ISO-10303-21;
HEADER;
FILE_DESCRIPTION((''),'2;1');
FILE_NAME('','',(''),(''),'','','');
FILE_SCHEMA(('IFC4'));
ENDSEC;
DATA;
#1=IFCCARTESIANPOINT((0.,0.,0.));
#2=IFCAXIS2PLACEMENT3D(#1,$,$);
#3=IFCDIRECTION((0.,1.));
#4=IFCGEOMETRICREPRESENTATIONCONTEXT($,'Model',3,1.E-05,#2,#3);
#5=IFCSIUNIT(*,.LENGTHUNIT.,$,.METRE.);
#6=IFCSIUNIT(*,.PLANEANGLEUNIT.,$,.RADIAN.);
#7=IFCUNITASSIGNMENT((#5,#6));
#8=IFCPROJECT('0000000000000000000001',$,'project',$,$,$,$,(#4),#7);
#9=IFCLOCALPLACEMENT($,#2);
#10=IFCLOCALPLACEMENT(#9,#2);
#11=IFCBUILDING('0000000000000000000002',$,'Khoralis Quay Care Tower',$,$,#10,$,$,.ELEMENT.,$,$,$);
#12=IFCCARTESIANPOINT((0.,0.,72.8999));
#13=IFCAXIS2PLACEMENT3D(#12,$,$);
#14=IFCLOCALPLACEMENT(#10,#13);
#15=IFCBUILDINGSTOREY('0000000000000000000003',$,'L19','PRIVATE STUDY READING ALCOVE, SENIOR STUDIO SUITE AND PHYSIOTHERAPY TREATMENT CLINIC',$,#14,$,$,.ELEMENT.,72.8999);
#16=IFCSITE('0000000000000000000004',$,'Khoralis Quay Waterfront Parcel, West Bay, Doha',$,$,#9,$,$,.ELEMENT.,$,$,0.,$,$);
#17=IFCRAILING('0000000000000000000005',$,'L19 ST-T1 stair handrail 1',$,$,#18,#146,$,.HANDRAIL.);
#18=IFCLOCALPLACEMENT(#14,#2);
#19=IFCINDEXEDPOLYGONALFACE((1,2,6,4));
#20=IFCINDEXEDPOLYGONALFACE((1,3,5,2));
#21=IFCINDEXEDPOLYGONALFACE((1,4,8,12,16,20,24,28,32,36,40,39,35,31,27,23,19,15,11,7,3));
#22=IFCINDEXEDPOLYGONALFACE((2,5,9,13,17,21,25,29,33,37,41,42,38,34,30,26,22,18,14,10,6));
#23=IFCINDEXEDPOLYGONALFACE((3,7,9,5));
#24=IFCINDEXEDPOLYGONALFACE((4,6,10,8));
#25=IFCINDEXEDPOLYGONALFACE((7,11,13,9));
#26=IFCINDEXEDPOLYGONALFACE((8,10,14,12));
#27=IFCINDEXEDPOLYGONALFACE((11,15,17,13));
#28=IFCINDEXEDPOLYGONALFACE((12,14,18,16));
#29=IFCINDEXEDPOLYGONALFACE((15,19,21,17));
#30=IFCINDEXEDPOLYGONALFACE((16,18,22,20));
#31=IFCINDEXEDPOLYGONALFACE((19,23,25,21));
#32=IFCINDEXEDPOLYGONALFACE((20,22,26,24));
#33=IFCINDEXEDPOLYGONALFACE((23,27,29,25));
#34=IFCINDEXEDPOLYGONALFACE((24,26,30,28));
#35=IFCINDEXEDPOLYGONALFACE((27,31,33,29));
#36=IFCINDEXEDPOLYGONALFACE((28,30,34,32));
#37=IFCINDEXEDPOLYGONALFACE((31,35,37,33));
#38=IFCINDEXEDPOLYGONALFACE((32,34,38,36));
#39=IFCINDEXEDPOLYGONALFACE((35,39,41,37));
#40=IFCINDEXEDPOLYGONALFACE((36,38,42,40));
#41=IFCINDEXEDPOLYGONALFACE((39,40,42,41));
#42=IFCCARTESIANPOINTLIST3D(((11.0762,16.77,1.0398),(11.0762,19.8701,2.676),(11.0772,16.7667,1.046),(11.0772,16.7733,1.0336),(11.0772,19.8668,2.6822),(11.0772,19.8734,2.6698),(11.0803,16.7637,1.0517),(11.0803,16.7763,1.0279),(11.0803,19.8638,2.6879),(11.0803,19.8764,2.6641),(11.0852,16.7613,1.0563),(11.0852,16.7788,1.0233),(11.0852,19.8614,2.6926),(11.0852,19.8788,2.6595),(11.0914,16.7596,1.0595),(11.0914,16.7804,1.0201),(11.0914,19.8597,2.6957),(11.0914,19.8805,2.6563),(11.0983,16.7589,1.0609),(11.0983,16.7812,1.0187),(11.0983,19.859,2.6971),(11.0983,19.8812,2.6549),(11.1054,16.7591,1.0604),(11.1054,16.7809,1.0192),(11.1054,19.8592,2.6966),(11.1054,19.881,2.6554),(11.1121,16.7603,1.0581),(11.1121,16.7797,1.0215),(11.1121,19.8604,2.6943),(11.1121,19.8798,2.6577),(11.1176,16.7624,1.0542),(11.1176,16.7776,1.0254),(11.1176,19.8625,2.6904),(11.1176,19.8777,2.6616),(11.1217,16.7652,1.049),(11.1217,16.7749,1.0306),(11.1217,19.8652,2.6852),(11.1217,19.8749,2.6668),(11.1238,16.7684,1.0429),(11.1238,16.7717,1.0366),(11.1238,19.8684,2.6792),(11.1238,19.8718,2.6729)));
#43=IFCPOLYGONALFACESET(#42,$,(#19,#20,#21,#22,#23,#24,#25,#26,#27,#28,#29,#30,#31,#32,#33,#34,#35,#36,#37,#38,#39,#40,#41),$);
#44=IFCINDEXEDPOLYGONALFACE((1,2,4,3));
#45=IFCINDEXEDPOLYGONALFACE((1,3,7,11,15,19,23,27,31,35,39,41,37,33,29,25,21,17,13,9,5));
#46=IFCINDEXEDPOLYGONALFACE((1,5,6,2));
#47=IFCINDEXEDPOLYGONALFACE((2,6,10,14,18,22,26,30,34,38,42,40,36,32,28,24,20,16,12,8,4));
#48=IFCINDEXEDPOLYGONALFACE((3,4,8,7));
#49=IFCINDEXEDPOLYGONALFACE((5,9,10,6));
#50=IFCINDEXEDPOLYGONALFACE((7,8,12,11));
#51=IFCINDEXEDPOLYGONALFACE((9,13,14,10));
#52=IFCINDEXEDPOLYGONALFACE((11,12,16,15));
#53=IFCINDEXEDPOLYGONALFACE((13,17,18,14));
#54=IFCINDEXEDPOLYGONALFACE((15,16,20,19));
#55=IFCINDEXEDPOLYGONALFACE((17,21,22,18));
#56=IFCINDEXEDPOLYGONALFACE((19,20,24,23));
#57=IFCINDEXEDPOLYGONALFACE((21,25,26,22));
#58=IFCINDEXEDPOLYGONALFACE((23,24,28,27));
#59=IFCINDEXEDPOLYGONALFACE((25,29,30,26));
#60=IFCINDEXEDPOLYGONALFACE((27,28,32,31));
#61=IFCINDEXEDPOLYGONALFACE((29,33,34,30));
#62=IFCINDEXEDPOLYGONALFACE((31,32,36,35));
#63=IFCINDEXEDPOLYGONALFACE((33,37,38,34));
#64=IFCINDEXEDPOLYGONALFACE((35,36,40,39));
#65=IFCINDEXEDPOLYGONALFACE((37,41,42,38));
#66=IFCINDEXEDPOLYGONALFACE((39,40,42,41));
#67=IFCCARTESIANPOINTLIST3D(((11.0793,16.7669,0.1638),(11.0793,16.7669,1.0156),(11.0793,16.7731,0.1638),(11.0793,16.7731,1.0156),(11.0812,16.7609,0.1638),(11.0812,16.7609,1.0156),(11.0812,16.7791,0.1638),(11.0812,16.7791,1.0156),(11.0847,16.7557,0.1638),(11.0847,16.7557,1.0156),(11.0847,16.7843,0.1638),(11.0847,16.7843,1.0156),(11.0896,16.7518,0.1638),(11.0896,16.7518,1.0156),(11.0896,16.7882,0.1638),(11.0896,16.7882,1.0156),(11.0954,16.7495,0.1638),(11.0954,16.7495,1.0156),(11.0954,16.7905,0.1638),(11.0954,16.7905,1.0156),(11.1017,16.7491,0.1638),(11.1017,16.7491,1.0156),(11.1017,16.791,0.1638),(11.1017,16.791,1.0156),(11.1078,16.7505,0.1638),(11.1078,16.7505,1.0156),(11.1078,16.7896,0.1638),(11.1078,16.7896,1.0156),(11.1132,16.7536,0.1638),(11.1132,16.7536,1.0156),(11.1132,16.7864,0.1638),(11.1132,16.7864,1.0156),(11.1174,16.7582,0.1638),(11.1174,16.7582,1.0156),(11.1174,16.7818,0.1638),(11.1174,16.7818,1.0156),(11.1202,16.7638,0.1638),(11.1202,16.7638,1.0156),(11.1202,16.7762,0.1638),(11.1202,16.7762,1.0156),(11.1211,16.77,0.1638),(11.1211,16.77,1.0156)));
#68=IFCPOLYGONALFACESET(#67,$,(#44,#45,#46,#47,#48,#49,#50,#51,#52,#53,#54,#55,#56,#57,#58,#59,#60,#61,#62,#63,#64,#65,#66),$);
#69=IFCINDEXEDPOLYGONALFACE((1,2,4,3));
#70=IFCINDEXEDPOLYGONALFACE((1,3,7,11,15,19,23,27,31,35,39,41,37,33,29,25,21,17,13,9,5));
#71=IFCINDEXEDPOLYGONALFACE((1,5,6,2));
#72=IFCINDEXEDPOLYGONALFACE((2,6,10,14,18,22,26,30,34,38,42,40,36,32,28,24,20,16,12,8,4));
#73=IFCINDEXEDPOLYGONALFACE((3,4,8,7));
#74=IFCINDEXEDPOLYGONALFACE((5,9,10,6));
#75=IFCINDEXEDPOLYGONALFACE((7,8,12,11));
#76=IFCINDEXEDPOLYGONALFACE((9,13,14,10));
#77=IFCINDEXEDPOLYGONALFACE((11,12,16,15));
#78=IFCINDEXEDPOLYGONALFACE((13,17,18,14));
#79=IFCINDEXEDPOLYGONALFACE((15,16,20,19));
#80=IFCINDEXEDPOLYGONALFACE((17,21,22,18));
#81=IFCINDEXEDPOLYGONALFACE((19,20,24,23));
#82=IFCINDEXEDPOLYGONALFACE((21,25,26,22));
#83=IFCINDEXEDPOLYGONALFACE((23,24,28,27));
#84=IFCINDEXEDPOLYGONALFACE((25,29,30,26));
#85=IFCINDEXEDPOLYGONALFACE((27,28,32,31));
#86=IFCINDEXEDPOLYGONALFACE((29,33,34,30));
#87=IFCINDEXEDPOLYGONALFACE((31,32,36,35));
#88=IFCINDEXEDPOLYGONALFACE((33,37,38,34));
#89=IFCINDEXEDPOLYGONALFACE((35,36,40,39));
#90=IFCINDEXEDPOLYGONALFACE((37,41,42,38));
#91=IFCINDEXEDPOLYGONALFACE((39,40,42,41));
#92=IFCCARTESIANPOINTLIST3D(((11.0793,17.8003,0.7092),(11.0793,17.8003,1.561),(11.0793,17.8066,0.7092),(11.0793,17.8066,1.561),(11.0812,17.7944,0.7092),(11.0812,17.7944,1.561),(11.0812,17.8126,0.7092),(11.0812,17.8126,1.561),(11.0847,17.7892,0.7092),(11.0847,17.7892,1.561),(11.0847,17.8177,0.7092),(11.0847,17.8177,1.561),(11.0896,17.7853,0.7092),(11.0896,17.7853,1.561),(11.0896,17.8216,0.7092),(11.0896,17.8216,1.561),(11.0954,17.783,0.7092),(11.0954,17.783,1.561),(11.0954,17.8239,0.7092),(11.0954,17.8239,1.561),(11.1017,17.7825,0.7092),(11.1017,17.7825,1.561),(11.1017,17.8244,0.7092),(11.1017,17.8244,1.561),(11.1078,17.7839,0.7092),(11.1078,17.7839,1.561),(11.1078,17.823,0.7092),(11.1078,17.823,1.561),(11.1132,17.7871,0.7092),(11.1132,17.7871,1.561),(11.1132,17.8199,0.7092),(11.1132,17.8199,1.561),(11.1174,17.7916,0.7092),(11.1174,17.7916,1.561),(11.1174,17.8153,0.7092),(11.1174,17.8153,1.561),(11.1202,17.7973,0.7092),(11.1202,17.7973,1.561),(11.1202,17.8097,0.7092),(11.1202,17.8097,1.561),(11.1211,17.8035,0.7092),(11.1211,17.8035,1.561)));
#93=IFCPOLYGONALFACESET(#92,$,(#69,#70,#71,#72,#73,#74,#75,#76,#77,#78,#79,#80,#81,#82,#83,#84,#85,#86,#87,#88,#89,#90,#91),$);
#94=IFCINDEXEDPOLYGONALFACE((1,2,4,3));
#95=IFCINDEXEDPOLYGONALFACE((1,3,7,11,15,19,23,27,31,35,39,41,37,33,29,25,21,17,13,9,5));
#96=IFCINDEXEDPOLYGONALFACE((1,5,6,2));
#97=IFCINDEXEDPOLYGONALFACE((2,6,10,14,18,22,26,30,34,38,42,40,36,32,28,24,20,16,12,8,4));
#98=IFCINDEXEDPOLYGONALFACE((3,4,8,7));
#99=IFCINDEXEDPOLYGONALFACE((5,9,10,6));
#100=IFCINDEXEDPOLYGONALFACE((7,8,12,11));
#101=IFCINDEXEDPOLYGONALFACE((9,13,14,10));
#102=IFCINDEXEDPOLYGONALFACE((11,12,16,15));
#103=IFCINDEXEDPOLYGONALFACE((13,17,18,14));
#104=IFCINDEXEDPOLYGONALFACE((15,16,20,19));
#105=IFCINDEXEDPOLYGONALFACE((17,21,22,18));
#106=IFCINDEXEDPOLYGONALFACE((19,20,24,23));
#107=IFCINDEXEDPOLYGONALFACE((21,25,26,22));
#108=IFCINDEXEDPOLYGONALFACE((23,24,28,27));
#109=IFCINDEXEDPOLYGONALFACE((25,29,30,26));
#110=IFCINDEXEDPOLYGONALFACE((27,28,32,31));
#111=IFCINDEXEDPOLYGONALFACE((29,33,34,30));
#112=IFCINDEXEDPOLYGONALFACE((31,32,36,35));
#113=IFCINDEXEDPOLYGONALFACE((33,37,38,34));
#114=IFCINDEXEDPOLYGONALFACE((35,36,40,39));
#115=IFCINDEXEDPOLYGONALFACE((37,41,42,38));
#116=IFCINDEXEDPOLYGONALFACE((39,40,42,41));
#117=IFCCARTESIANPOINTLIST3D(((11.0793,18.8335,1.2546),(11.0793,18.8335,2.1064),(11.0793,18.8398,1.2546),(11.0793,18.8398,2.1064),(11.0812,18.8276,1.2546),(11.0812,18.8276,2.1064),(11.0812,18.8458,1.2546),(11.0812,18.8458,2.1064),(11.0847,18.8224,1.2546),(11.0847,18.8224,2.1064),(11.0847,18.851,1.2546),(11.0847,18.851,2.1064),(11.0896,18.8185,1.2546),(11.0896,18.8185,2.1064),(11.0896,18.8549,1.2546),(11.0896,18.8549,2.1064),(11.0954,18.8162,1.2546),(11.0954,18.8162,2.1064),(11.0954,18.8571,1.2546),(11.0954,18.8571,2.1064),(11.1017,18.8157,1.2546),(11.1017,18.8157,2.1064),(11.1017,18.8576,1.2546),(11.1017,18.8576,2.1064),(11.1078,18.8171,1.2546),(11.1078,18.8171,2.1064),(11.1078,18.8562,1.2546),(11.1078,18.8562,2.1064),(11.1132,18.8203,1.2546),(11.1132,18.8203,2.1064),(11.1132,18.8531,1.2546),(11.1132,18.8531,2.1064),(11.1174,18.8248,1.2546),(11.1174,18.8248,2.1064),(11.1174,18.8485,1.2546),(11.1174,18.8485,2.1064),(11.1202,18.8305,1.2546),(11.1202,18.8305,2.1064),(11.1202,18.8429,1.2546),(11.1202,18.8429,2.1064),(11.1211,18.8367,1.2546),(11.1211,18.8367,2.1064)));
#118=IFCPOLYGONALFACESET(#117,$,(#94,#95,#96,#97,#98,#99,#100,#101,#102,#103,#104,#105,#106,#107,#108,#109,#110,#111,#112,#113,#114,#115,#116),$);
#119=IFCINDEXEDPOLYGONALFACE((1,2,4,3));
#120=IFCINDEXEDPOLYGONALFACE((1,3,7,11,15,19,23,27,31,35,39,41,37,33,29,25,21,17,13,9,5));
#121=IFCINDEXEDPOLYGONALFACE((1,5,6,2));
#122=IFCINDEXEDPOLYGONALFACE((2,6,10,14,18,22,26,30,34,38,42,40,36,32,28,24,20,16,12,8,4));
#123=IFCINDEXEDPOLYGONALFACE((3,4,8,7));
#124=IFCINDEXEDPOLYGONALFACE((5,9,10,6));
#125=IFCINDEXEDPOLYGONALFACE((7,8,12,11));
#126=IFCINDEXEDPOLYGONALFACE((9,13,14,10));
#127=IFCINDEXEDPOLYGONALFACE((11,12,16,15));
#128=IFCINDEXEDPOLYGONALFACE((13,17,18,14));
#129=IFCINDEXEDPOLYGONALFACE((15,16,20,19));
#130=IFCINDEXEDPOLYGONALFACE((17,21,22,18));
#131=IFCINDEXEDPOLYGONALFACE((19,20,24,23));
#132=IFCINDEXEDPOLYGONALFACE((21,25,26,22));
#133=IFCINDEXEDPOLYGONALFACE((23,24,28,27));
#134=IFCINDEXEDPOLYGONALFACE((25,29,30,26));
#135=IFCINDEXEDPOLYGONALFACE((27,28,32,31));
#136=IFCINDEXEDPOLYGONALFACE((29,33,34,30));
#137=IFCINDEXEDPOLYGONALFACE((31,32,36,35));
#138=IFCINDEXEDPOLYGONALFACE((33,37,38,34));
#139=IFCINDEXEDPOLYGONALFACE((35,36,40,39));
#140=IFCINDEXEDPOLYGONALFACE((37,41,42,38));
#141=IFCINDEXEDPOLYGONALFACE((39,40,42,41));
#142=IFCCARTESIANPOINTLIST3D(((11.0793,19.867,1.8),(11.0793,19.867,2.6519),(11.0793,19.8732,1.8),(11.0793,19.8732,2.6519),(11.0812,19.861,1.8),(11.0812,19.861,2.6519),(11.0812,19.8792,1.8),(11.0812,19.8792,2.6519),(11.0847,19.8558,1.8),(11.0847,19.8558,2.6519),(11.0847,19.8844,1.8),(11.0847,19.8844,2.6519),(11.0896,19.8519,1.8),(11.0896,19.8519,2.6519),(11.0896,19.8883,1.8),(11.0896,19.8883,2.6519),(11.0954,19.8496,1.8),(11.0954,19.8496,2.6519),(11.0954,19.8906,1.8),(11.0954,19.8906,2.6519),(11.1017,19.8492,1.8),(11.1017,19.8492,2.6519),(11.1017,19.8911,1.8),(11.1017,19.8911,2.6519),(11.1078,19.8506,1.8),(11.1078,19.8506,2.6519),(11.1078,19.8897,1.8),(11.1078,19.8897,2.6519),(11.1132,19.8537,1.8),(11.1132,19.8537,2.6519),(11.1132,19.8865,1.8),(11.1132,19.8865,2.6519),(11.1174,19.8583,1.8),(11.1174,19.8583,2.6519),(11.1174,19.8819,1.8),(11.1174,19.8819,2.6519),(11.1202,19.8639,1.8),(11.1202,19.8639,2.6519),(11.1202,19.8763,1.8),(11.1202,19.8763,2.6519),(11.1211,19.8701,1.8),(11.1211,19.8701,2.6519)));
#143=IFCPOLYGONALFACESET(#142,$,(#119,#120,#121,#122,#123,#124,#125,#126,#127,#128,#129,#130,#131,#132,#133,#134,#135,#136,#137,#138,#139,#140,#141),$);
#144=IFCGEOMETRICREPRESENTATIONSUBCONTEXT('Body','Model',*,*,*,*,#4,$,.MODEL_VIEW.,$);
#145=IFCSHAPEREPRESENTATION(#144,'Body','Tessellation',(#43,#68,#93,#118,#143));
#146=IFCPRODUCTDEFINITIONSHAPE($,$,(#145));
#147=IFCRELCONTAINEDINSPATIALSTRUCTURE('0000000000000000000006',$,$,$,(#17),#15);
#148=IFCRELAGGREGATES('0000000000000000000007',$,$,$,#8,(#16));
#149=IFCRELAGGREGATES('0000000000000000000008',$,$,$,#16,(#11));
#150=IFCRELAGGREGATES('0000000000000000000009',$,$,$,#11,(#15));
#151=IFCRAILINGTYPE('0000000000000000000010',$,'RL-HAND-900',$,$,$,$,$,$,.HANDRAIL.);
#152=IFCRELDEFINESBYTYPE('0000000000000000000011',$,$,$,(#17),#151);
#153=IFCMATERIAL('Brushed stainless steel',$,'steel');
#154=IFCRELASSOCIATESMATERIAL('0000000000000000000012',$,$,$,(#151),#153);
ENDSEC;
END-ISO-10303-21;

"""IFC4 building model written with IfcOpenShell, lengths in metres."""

from ifc_helpers import new_model, si_unit, direction, frame, origin, origin_2d, place, context, subcontext, project, spatial, circle, extrude, material, type_object, element, save


model = new_model("IFC4")

# Units and contexts
model_context = context("Model", 3, precision=1e-05, world=origin(), true_north=direction((0.0, 1.0)))
body_context = subcontext(model_context, "Body", "Model", "MODEL_VIEW")
ifc_project = project(units=[si_unit("LENGTHUNIT", "METRE"), si_unit("PLANEANGLEUNIT", "RADIAN")], contexts=[model_context])

# Site, building, storey
site_placement = place(None, origin())
site = spatial("IfcSite", under=ifc_project, at=site_placement, Name="Khoralis Quay Waterfront Parcel, West Bay, Doha", CompositionType="ELEMENT", RefElevation=0.0)
building_placement = place(site_placement, origin())
building = spatial("IfcBuilding", under=site, at=building_placement, Name="Khoralis Quay Care Tower", CompositionType="ELEMENT")
storey_placement = place(building_placement, frame((0.0, 0.0, 72.8999)))
storey = spatial("IfcBuildingStorey", under=building, at=storey_placement, Name="L19", Description="PRIVATE STUDY READING ALCOVE, SENIOR STUDIO SUITE AND PHYSIOTHERAPY TREATMENT CLINIC", CompositionType="ELEMENT", Elevation=72.8999)

# Shared definitions
ifc_material_1 = material(Name="Brushed stainless steel", Category="steel")

# Railing
railing_type_1 = type_object("IfcRailingType", Name="RL-HAND-900", PredefinedType="HANDRAIL", material=ifc_material_1)
railing_1_placement = place(storey_placement, frame((11.1001, 16.77, 0.1638)))
element("IfcRailing", 1, at=railing_1_placement, inside=storey, type_object=railing_type_1, Name="L19 ST-T1 stair handrail 1", PredefinedType="HANDRAIL", context=body_context, shape_type="SweptSolid", body=[
    extrude(circle(Radius=0.0239, at=origin_2d()), frame((0.0, 0.0, 0.876), z_axis=(0.0, 0.884377, 0.466774), x_axis=(-1.0, 0.0, 0.0)), (0.0, 0.0, 1.0), 3.5054),
    extrude(circle(Radius=0.021, at=origin_2d()), origin(), (0.0, 0.0, 1.0), 0.8518),
    extrude(circle(Radius=0.021, at=origin_2d()), frame((0.0, 1.0334, 0.5454)), (0.0, 0.0, 1.0), 0.8518),
    extrude(circle(Radius=0.021, at=origin_2d()), frame((0.0, 2.0667, 1.0908)), (0.0, 0.0, 1.0), 0.8518),
    extrude(circle(Radius=0.021, at=origin_2d()), frame((0.0, 3.1001, 1.6362)), (0.0, 0.0, 1.0), 0.8518),
])

save(model, "model.ifc")
